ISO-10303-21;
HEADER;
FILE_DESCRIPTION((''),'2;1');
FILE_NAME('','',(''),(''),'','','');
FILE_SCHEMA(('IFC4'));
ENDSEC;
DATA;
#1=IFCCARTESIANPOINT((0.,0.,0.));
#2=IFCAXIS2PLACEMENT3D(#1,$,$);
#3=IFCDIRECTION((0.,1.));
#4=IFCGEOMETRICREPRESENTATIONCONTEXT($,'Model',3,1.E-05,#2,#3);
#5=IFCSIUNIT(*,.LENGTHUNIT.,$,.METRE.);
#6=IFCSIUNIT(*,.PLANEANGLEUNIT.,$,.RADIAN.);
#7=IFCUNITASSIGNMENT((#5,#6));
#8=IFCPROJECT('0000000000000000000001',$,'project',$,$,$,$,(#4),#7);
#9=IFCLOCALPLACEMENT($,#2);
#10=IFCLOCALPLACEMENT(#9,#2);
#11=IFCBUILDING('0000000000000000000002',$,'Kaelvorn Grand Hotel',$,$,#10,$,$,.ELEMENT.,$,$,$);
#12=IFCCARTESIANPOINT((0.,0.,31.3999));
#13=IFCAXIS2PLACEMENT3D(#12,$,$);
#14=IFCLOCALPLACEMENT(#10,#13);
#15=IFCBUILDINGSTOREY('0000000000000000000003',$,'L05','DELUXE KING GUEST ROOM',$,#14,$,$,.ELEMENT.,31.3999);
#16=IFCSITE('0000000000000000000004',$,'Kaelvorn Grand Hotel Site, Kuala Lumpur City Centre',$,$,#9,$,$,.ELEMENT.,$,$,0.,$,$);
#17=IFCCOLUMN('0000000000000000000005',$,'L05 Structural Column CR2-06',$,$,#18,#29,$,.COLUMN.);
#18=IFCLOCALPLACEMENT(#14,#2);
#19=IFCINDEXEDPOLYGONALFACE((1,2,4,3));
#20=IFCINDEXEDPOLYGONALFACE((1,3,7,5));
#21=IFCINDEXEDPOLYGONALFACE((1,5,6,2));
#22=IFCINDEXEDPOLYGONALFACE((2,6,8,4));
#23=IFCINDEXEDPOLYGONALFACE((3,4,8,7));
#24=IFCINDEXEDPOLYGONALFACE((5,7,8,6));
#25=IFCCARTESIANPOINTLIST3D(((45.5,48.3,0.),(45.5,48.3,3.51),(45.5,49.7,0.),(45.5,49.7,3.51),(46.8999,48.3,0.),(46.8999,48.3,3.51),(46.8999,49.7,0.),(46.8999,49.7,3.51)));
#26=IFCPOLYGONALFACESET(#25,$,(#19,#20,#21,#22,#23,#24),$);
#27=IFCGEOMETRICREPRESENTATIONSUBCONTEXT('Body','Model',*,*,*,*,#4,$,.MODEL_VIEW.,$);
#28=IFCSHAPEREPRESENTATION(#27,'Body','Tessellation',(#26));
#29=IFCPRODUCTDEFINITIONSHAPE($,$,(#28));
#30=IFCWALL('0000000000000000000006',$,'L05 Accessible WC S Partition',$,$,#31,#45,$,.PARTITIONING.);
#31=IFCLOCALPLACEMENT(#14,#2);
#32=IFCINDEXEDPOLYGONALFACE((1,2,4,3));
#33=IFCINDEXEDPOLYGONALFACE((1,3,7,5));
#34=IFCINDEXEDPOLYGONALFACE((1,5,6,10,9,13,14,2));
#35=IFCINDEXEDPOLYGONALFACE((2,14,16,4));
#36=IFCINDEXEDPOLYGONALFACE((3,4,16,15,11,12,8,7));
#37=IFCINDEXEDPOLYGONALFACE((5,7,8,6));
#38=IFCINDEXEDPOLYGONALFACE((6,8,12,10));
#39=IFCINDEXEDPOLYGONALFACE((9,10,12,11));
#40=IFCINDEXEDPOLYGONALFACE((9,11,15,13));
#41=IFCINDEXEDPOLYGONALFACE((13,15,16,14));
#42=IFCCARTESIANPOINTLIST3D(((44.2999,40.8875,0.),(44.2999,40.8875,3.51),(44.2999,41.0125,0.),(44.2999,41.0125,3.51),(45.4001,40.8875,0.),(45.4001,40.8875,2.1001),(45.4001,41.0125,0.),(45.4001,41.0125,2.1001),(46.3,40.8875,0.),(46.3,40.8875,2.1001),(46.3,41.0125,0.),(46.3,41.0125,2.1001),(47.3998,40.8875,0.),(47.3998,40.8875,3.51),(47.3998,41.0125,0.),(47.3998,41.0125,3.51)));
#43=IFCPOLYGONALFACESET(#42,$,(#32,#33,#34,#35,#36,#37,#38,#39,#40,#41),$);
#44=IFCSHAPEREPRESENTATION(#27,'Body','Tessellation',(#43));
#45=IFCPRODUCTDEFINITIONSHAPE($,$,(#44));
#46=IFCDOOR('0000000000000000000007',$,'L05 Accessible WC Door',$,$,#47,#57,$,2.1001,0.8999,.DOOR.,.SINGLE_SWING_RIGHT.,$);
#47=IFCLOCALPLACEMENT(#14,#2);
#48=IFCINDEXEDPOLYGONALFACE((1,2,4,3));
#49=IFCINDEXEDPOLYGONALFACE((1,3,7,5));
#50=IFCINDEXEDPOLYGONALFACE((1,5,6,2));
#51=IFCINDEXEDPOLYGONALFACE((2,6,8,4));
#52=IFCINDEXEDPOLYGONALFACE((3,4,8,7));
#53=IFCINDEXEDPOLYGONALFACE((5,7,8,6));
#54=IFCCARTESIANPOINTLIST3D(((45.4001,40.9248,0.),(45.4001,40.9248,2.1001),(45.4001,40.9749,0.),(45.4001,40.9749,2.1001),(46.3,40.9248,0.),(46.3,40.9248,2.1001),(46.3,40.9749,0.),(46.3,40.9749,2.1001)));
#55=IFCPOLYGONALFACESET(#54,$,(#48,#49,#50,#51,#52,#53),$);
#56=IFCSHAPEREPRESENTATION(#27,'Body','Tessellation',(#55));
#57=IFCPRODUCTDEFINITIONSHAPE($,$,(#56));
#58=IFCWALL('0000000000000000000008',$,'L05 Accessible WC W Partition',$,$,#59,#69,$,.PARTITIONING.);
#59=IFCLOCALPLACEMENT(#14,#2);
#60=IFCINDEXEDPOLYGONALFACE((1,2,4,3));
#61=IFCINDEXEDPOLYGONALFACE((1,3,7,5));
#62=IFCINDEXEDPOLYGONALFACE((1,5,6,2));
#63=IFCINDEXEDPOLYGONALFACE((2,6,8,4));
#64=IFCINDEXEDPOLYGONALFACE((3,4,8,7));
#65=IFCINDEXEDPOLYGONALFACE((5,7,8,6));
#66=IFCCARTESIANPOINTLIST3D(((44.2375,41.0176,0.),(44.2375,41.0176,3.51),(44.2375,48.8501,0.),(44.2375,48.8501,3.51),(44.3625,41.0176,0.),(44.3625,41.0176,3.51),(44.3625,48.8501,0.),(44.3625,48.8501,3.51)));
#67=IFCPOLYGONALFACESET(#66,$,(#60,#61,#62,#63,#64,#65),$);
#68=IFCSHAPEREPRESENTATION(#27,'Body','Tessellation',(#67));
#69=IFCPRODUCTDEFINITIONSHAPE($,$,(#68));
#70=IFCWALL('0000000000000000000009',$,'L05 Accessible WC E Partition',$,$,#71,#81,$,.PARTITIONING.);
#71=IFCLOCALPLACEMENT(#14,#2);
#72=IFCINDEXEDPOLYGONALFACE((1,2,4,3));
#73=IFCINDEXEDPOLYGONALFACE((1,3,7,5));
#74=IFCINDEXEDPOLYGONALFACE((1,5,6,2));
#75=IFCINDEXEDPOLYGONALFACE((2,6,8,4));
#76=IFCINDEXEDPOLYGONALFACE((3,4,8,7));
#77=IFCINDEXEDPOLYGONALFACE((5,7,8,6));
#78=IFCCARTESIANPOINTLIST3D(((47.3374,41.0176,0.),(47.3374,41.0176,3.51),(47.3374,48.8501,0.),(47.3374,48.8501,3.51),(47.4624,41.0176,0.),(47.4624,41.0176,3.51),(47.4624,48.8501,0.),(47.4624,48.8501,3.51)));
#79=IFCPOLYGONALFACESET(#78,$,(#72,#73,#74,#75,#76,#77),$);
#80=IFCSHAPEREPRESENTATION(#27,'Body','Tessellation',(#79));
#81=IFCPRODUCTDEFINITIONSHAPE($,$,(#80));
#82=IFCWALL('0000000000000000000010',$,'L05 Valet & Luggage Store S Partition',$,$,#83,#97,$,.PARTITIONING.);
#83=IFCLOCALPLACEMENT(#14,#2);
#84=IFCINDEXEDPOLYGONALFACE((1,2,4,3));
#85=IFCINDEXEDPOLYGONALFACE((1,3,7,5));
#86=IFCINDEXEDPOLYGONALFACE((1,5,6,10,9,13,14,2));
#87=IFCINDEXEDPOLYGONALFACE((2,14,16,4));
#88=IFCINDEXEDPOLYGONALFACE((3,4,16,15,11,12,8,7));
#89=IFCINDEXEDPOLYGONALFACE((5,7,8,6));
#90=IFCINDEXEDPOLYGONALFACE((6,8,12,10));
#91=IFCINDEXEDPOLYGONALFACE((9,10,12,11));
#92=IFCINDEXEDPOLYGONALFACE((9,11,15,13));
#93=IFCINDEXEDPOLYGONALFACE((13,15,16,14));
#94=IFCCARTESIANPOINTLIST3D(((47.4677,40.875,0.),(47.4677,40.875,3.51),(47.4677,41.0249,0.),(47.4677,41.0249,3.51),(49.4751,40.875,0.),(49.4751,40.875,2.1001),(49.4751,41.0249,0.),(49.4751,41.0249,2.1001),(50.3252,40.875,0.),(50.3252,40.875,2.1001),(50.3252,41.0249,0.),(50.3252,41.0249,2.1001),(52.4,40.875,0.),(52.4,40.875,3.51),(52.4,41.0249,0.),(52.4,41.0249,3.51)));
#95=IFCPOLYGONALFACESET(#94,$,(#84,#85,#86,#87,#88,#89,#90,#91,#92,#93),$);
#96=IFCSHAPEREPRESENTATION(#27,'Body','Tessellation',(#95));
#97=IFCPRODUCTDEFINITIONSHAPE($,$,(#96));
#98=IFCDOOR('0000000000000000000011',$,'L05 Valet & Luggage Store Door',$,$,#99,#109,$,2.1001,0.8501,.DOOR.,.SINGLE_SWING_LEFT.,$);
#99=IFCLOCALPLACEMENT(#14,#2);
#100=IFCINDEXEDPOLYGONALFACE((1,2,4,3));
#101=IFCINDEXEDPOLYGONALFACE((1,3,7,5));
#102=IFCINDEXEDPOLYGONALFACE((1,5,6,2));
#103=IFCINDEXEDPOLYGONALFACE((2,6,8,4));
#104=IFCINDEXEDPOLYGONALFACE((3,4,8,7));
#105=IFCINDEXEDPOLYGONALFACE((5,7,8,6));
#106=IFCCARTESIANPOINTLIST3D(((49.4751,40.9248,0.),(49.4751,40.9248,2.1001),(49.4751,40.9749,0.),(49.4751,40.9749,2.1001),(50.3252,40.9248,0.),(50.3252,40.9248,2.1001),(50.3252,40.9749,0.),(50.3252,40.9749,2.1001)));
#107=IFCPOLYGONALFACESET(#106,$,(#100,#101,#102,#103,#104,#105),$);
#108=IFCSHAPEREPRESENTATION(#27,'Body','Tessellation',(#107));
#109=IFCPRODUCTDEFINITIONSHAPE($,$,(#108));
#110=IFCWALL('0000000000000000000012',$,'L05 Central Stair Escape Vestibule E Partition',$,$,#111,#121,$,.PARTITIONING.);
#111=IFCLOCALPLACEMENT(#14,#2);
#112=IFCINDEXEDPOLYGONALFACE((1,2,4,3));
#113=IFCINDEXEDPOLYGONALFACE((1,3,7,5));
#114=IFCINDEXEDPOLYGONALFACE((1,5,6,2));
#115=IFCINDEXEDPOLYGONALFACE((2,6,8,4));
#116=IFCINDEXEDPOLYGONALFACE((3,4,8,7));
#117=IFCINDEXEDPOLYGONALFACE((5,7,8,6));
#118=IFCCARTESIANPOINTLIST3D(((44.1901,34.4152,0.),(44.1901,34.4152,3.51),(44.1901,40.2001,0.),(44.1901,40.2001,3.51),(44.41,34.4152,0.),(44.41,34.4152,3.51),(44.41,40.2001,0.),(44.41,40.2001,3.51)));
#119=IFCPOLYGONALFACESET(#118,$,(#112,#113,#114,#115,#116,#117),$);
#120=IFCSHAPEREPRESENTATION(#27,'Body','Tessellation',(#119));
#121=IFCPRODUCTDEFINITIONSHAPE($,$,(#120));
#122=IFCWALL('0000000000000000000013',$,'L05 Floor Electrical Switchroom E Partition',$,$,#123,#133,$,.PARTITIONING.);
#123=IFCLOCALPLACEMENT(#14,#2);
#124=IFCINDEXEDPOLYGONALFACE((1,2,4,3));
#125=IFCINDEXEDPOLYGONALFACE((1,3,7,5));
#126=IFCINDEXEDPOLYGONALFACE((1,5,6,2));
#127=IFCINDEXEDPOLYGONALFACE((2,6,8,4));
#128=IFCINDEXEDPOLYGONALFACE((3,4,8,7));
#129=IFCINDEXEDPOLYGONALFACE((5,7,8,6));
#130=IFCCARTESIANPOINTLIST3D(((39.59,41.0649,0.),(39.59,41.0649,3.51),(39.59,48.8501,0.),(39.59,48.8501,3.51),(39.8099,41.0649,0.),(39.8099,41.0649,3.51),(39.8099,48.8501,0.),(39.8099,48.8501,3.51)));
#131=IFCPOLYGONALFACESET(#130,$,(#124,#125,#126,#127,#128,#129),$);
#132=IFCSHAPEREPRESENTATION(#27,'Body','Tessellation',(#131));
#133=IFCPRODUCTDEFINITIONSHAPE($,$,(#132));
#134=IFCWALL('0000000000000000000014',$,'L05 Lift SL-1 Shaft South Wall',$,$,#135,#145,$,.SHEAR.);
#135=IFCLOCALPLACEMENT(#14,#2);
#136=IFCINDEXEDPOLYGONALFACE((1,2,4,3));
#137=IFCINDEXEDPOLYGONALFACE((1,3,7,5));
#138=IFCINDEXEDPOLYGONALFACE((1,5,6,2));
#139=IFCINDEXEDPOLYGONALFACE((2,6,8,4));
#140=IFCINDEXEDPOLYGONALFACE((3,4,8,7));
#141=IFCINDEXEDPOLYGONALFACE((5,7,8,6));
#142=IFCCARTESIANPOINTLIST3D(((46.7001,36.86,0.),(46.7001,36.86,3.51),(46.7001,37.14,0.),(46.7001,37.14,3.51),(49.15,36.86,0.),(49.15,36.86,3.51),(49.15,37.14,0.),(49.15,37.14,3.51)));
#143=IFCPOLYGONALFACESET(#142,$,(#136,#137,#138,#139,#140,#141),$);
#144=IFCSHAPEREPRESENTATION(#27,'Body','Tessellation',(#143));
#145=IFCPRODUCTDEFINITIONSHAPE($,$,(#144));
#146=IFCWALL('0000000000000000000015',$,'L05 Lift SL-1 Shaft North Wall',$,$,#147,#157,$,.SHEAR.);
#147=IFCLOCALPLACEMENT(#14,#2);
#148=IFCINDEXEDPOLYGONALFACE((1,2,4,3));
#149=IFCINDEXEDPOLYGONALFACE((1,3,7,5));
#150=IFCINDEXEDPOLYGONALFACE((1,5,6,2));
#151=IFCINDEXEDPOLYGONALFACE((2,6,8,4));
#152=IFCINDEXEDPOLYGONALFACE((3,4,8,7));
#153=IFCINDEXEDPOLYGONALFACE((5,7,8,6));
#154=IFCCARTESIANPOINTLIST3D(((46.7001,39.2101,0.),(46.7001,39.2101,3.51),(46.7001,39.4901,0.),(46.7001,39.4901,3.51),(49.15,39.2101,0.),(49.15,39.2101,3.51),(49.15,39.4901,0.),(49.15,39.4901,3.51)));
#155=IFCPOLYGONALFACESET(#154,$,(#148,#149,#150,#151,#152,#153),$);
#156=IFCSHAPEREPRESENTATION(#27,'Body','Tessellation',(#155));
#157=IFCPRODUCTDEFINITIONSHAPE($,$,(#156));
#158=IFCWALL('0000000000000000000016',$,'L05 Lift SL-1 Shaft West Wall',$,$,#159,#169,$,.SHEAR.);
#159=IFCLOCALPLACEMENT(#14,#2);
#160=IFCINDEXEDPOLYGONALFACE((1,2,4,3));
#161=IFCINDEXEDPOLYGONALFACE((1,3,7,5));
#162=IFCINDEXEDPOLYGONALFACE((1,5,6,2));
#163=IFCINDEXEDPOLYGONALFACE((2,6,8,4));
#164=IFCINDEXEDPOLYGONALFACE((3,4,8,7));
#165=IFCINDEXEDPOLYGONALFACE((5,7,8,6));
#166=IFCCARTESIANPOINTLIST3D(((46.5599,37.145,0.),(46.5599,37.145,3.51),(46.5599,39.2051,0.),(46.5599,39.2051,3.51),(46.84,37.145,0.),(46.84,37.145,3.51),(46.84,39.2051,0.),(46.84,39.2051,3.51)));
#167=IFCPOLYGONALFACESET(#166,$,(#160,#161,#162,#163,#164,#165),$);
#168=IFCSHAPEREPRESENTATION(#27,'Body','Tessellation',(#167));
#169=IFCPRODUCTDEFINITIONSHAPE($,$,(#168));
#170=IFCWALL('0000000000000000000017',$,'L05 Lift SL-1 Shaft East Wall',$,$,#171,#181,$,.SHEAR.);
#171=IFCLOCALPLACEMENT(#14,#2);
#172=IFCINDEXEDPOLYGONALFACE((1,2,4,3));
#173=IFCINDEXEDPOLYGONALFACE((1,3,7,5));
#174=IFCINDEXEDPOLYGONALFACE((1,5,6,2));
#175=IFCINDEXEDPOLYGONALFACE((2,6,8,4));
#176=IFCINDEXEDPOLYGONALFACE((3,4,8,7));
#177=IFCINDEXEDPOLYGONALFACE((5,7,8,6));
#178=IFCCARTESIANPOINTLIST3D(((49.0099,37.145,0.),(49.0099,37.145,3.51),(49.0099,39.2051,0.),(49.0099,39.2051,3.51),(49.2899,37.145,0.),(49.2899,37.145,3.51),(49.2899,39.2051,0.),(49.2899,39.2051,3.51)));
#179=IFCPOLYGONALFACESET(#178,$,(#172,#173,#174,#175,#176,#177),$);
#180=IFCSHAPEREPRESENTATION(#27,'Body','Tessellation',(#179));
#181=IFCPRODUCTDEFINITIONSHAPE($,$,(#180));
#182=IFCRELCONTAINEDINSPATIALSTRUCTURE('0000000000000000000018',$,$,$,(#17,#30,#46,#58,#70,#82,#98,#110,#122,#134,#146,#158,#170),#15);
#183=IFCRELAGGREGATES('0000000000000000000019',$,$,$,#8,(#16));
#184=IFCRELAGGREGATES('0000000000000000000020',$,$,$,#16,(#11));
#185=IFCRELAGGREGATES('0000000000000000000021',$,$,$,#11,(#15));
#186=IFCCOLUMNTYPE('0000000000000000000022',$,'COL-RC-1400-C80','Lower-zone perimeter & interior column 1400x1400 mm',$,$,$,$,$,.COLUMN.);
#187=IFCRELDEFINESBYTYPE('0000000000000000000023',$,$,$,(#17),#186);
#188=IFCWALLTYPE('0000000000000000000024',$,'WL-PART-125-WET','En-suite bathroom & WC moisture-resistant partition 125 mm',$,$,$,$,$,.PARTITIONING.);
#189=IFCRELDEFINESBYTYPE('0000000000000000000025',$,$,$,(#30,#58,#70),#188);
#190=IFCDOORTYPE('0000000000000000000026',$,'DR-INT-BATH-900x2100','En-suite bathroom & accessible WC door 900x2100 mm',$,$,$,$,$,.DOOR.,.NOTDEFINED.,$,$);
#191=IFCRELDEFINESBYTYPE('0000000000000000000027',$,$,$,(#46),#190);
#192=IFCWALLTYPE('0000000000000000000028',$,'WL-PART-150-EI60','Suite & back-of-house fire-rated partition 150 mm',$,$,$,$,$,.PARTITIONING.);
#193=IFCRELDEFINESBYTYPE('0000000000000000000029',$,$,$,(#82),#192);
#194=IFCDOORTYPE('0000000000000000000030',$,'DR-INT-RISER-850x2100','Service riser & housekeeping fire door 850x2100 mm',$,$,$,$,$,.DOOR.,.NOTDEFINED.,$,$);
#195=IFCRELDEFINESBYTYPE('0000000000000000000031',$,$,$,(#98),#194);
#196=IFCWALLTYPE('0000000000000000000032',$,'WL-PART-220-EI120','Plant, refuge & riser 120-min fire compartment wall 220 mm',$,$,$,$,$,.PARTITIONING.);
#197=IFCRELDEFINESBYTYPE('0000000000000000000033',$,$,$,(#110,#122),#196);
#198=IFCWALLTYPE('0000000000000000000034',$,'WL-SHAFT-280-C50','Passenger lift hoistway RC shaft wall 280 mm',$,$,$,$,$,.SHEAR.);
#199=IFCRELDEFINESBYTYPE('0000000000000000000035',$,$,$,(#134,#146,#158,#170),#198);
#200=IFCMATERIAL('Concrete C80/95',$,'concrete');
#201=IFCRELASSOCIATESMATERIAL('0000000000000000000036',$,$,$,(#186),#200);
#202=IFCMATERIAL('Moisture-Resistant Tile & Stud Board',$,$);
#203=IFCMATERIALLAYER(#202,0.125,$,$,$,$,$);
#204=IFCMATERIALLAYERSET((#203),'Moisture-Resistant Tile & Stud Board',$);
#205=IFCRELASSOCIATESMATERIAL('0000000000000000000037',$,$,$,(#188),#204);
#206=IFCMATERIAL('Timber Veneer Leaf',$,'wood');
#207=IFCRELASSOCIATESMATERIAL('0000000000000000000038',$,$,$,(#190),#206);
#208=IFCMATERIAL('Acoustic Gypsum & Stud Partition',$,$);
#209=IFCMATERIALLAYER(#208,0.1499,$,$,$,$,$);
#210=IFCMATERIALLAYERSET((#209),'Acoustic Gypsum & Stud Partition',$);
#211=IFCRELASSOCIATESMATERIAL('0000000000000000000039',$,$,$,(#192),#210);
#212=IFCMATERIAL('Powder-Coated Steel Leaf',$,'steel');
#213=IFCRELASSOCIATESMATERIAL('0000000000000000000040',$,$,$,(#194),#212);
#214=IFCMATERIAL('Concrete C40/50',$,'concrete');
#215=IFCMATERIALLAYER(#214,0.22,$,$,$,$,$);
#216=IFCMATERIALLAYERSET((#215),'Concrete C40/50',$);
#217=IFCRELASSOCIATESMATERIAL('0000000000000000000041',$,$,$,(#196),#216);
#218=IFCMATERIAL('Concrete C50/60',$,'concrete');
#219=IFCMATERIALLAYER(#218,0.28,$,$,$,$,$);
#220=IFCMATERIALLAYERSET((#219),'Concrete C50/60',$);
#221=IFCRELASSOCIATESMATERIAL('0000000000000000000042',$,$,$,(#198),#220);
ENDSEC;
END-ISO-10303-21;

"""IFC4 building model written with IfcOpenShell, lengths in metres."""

from ifc_helpers import new_model, si_unit, direction, frame, frame_2d, origin, origin_2d, place, context, subcontext, project, spatial, rectangle, extrude, material, layer, layer_set, material_profile, profile_set, type_object, element, fill, save


model = new_model("IFC4")

# Units and contexts
model_context = context("Model", 3, precision=1e-05, world=origin(), true_north=direction((0.0, 1.0)))
body_context = subcontext(model_context, "Body", "Model", "MODEL_VIEW")
ifc_project = project(units=[si_unit("LENGTHUNIT", "METRE"), si_unit("PLANEANGLEUNIT", "RADIAN")], contexts=[model_context])

# Site, building, storey
site_placement = place(None, origin())
site = spatial("IfcSite", under=ifc_project, at=site_placement, Name="Kaelvorn Grand Hotel Site, Kuala Lumpur City Centre", CompositionType="ELEMENT", RefElevation=0.0)
building_placement = place(site_placement, origin())
building = spatial("IfcBuilding", under=site, at=building_placement, Name="Kaelvorn Grand Hotel", CompositionType="ELEMENT")
storey_placement = place(building_placement, frame((0.0, 0.0, 31.3999)))
storey = spatial("IfcBuildingStorey", under=building, at=storey_placement, Name="L05", Description="DELUXE KING GUEST ROOM", CompositionType="ELEMENT", Elevation=31.3999)

# Column
ifc_material_1 = material(Name="Concrete C80/95", Category="concrete")
ifc_material_profile = material_profile(ifc_material_1, rectangle(XDim=1.3999, YDim=1.3999, at=origin_2d()), Name="RC COL 1400x1400")
ifc_profile_set = profile_set([ifc_material_profile], Name="Concrete C80/95")
column_type = type_object("IfcColumnType", Name="COL-RC-1400-C80", Description="Lower-zone perimeter & interior column 1400x1400 mm", PredefinedType="COLUMN", material=ifc_profile_set)
column_placement = place(storey_placement, frame((46.2, 49.0, 0.0), z_axis=(0.0, 0.0, 1.0), x_axis=(1.0, 0.0, 0.0)))
element("IfcColumn", 1, at=column_placement, inside=storey, type_object=column_type, Name="L05 Structural Column CR2-06", PredefinedType="COLUMN", context=body_context, shape_type="SweptSolid", body=[
    extrude(rectangle(XDim=1.3999, YDim=1.3999, at=origin_2d()), origin(), (0.0, 0.0, 1.0), 3.51),
])

# Wall, opening, door
ifc_material_2 = material(Name="Moisture-Resistant Tile & Stud Board")
ifc_layer_1 = layer(ifc_material_2, 0.125)
ifc_layer_set_1 = layer_set([ifc_layer_1], Name="Moisture-Resistant Tile & Stud Board")
wall_type_1 = type_object("IfcWallType", Name="WL-PART-125-WET", Description="En-suite bathroom & WC moisture-resistant partition 125 mm", PredefinedType="PARTITIONING", material=ifc_layer_set_1)
wall_1_placement = place(storey_placement, frame((44.3, 40.95, 0.0), z_axis=(0.0, 0.0, 1.0), x_axis=(1.0, 0.0, 0.0)))
wall_1 = element("IfcWall", 2, at=wall_1_placement, inside=storey, type_object=wall_type_1, Name="L05 Accessible WC S Partition", PredefinedType="PARTITIONING", context=body_context, shape_type="SweptSolid", body=[
    extrude(rectangle(XDim=3.0999, YDim=0.125, at=frame_2d((1.5498, 0.0))), origin(), (0.0, 0.0, 1.0), 3.51),
])
opening_1_placement = place(wall_1_placement, frame((1.1001, 0.0, 0.0)))
opening_1 = element("IfcOpeningElement", 3, at=opening_1_placement, cuts=wall_1, PredefinedType="OPENING", context=body_context, shape_type="SweptSolid", body=[
    extrude(rectangle(XDim=0.8999, YDim=2.1001, at=frame_2d((0.45, 1.05))), frame((0.0, 0.0725, 0.0), z_axis=(0.0, -1.0, 0.0), x_axis=(1.0, 0.0, 0.0)), (0.0, 0.0, 1.0), 0.145),
])
ifc_material_3 = material(Name="Timber Veneer Leaf", Category="wood")
door_type_1 = type_object("IfcDoorType", Name="DR-INT-BATH-900x2100", Description="En-suite bathroom & accessible WC door 900x2100 mm", OperationType="NOTDEFINED", PredefinedType="DOOR", material=ifc_material_3)
door_1_placement = place(opening_1_placement, origin())
door_1 = element("IfcDoor", 4, at=door_1_placement, inside=storey, type_object=door_type_1, Name="L05 Accessible WC Door", OperationType="SINGLE_SWING_RIGHT", OverallHeight=2.1001, OverallWidth=0.8999, PredefinedType="DOOR", context=body_context, shape_type="SweptSolid", body=[
    extrude(rectangle(XDim=0.8999, YDim=2.1001, at=frame_2d((0.45, 1.05))), frame((0.0, 0.0249, 0.0), z_axis=(0.0, -1.0, 0.0), x_axis=(1.0, 0.0, 0.0)), (0.0, 0.0, 1.0), 0.05),
])
fill(opening_1, door_1)

# Walls
for number, where, z_axis, x_axis, name in (
    (5, (44.3, 41.0176, 0.0), (0.0, 0.0, 1.0), (0.0, 1.0, 0.0), "L05 Accessible WC W Partition"),
    (6, (47.3999, 41.0176, 0.0), (0.0, 0.0, 1.0), (0.0, 1.0, 0.0), "L05 Accessible WC E Partition"),
):
    element("IfcWall", number, at=place(storey_placement, frame(where, z_axis=z_axis, x_axis=x_axis)), inside=storey, type_object=wall_type_1, Name=name, PredefinedType="PARTITIONING", context=body_context, shape_type="SweptSolid", body=[
        extrude(rectangle(XDim=7.8325, YDim=0.125, at=frame_2d((3.9163, 0.0))), origin(), (0.0, 0.0, 1.0), 3.51),
    ])

# Wall, opening, door
ifc_material_4 = material(Name="Acoustic Gypsum & Stud Partition")
ifc_layer_2 = layer(ifc_material_4, 0.1499)
ifc_layer_set_2 = layer_set([ifc_layer_2], Name="Acoustic Gypsum & Stud Partition")
wall_type_2 = type_object("IfcWallType", Name="WL-PART-150-EI60", Description="Suite & back-of-house fire-rated partition 150 mm", PredefinedType="PARTITIONING", material=ifc_layer_set_2)
wall_2_placement = place(storey_placement, frame((47.4675, 40.95, 0.0), z_axis=(0.0, 0.0, 1.0), x_axis=(1.0, 0.0, 0.0)))
wall_2 = element("IfcWall", 7, at=wall_2_placement, inside=storey, type_object=wall_type_2, Name="L05 Valet & Luggage Store S Partition", PredefinedType="PARTITIONING", context=body_context, shape_type="SweptSolid", body=[
    extrude(rectangle(XDim=4.9324, YDim=0.1499, at=frame_2d((2.4663, 0.0))), origin(), (0.0, 0.0, 1.0), 3.51),
])
opening_2_placement = place(wall_2_placement, frame((2.0076, 0.0, 0.0)))
opening_2 = element("IfcOpeningElement", 8, at=opening_2_placement, cuts=wall_2, PredefinedType="OPENING", context=body_context, shape_type="SweptSolid", body=[
    extrude(rectangle(XDim=0.8501, YDim=2.1001, at=frame_2d((0.425, 1.05))), frame((0.0, 0.085, 0.0), z_axis=(0.0, -1.0, 0.0), x_axis=(1.0, 0.0, 0.0)), (0.0, 0.0, 1.0), 0.1699),
])
ifc_material_5 = material(Name="Powder-Coated Steel Leaf", Category="steel")
door_type_2 = type_object("IfcDoorType", Name="DR-INT-RISER-850x2100", Description="Service riser & housekeeping fire door 850x2100 mm", OperationType="NOTDEFINED", PredefinedType="DOOR", material=ifc_material_5)
door_2_placement = place(opening_2_placement, origin())
door_2 = element("IfcDoor", 9, at=door_2_placement, inside=storey, type_object=door_type_2, Name="L05 Valet & Luggage Store Door", OperationType="SINGLE_SWING_LEFT", OverallHeight=2.1001, OverallWidth=0.8501, PredefinedType="DOOR", context=body_context, shape_type="SweptSolid", body=[
    extrude(rectangle(XDim=0.8501, YDim=2.1001, at=frame_2d((0.425, 1.05))), frame((0.0, 0.0249, 0.0), z_axis=(0.0, -1.0, 0.0), x_axis=(1.0, 0.0, 0.0)), (0.0, 0.0, 1.0), 0.05),
])
fill(opening_2, door_2)

# Walls
ifc_material_6 = material(Name="Concrete C40/50", Category="concrete")
ifc_layer_3 = layer(ifc_material_6, 0.22)
ifc_layer_set_3 = layer_set([ifc_layer_3], Name="Concrete C40/50")
wall_type_3 = type_object("IfcWallType", Name="WL-PART-220-EI120", Description="Plant, refuge & riser 120-min fire compartment wall 220 mm", PredefinedType="PARTITIONING", material=ifc_layer_set_3)
wall_3_placement = place(storey_placement, frame((44.3, 34.415, 0.0), z_axis=(0.0, 0.0, 1.0), x_axis=(0.0, 1.0, 0.0)))
element("IfcWall", 10, at=wall_3_placement, inside=storey, type_object=wall_type_3, Name="L05 Central Stair Escape Vestibule E Partition", PredefinedType="PARTITIONING", context=body_context, shape_type="SweptSolid", body=[
    extrude(rectangle(XDim=5.7849, YDim=0.22, at=frame_2d((2.8926, 0.0))), origin(), (0.0, 0.0, 1.0), 3.51),
])
wall_4_placement = place(storey_placement, frame((39.7, 41.0649, 0.0), z_axis=(0.0, 0.0, 1.0), x_axis=(0.0, 1.0, 0.0)))
element("IfcWall", 11, at=wall_4_placement, inside=storey, type_object=wall_type_3, Name="L05 Floor Electrical Switchroom E Partition", PredefinedType="PARTITIONING", context=body_context, shape_type="SweptSolid", body=[
    extrude(rectangle(XDim=7.7852, YDim=0.22, at=frame_2d((3.8926, 0.0))), origin(), (0.0, 0.0, 1.0), 3.51),
])
ifc_material_7 = material(Name="Concrete C50/60", Category="concrete")
ifc_layer_4 = layer(ifc_material_7, 0.28)
ifc_layer_set_4 = layer_set([ifc_layer_4], Name="Concrete C50/60")
wall_type_4 = type_object("IfcWallType", Name="WL-SHAFT-280-C50", Description="Passenger lift hoistway RC shaft wall 280 mm", PredefinedType="SHEAR", material=ifc_layer_set_4)
for number, where, z_axis, x_axis, name in (
    (12, (46.7, 37.0, 0.0), (0.0, 0.0, 1.0), (1.0, 0.0, 0.0), "L05 Lift SL-1 Shaft South Wall"),
    (13, (46.7, 39.3501, 0.0), (0.0, 0.0, 1.0), (1.0, 0.0, 0.0), "L05 Lift SL-1 Shaft North Wall"),
):
    element("IfcWall", number, at=place(storey_placement, frame(where, z_axis=z_axis, x_axis=x_axis)), inside=storey, type_object=wall_type_4, Name=name, PredefinedType="SHEAR", context=body_context, shape_type="SweptSolid", body=[
        extrude(rectangle(XDim=2.45, YDim=0.28, at=frame_2d((1.2251, 0.0))), origin(), (0.0, 0.0, 1.0), 3.51),
    ])
for number, where, z_axis, x_axis, name in (
    (14, (46.7, 37.145, 0.0), (0.0, 0.0, 1.0), (0.0, 1.0, 0.0), "L05 Lift SL-1 Shaft West Wall"),
    (15, (49.1499, 37.145, 0.0), (0.0, 0.0, 1.0), (0.0, 1.0, 0.0), "L05 Lift SL-1 Shaft East Wall"),
):
    element("IfcWall", number, at=place(storey_placement, frame(where, z_axis=z_axis, x_axis=x_axis)), inside=storey, type_object=wall_type_4, Name=name, PredefinedType="SHEAR", context=body_context, shape_type="SweptSolid", body=[
        extrude(rectangle(XDim=2.0601, YDim=0.28, at=frame_2d((1.03, 0.0))), origin(), (0.0, 0.0, 1.0), 3.51),
    ])

save(model, "model.ifc")
